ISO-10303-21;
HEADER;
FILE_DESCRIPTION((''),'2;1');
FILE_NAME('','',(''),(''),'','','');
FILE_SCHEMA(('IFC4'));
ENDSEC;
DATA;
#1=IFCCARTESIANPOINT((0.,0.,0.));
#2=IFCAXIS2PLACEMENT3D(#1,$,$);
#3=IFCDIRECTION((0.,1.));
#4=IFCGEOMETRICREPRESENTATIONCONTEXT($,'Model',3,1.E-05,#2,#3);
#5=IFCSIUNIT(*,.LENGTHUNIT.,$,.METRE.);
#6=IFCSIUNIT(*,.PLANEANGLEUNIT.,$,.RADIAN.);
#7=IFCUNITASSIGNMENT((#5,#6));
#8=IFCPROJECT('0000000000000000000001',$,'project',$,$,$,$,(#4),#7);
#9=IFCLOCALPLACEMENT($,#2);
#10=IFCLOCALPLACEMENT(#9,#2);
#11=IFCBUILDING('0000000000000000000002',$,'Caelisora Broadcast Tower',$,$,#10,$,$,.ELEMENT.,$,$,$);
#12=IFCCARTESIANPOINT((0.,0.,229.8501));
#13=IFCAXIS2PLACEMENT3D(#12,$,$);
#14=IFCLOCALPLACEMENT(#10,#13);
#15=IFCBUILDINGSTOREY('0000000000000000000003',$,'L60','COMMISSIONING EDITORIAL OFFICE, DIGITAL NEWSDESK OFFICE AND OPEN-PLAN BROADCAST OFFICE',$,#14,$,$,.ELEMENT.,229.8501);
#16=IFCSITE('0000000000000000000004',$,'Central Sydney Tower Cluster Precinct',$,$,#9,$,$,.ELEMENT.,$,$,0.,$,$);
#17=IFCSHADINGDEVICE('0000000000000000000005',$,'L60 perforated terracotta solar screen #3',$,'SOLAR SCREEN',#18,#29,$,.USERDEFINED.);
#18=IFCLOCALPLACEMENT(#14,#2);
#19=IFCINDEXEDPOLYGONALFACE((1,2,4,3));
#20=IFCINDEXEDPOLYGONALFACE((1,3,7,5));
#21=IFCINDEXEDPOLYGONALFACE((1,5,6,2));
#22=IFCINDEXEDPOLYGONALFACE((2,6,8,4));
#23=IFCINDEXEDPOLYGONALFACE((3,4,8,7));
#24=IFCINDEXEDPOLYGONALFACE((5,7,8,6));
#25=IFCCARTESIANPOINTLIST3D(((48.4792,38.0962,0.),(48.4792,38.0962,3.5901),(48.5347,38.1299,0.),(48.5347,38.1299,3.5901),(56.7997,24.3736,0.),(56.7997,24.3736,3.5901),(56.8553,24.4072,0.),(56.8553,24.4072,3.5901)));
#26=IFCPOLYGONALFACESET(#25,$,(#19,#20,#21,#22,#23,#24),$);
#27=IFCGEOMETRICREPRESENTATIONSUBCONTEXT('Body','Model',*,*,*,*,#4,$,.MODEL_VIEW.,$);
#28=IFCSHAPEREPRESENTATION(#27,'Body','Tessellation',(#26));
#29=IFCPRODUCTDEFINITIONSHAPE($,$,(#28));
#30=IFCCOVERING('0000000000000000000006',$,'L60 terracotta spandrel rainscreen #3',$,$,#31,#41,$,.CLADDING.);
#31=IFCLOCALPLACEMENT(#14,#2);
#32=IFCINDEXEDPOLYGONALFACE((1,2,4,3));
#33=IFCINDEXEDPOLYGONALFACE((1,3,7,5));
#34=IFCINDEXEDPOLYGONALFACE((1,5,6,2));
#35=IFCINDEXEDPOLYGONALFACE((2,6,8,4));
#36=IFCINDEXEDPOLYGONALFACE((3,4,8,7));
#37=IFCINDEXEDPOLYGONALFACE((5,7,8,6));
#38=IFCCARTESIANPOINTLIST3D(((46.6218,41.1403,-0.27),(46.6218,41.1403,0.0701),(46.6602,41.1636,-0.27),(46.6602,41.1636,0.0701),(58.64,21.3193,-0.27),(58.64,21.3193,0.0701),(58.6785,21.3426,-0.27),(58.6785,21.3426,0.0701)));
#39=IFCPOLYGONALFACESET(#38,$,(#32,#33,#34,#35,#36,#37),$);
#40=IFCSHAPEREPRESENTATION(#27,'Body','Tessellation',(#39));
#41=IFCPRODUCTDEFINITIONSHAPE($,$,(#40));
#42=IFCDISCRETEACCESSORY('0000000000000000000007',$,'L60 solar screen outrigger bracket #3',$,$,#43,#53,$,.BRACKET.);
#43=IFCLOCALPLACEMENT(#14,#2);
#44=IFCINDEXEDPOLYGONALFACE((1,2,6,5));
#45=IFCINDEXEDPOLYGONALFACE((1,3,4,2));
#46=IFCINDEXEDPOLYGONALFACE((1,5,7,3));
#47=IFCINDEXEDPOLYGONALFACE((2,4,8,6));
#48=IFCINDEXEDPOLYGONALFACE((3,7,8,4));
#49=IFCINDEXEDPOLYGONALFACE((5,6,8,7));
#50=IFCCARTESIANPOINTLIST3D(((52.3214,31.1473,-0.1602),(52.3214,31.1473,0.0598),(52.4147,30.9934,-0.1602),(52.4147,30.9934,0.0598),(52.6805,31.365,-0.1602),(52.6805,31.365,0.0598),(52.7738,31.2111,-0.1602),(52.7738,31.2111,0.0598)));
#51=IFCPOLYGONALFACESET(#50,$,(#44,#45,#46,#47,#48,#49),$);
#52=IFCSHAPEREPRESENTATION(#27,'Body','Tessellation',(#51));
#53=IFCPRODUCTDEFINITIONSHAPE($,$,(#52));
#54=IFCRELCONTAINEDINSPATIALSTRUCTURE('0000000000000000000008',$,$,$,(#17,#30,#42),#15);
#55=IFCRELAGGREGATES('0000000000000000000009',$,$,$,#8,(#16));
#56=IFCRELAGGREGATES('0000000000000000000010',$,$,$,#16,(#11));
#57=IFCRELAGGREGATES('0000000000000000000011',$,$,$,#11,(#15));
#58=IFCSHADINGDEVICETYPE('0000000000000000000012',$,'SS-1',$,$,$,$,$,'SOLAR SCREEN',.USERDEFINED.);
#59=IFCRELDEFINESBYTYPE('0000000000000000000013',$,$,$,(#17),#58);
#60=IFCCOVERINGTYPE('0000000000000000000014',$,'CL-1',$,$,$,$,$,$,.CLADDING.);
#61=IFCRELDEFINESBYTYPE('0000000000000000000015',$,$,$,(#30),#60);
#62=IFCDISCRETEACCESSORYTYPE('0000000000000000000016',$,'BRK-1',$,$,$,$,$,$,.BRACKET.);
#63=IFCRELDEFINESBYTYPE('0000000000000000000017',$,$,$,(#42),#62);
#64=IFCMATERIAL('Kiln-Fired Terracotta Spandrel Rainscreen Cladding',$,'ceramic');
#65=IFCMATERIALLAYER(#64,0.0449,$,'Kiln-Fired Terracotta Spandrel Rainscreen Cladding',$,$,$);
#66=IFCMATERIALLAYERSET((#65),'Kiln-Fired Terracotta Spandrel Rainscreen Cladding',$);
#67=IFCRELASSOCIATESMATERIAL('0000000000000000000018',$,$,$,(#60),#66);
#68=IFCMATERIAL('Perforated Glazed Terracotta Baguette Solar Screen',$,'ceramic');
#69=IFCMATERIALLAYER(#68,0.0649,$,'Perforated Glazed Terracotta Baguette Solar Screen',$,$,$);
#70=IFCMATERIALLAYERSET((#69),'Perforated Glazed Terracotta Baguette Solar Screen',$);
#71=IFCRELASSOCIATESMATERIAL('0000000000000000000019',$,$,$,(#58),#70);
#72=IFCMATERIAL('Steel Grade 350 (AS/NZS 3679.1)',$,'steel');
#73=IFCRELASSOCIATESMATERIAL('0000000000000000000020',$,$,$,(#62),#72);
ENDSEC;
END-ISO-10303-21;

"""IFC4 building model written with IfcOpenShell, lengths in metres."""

from ifc_helpers import new_model, si_unit, direction, frame, origin, origin_2d, place, context, subcontext, project, spatial, rectangle, extrude, source, transform, mapped, material, layer, layer_set, type_object, type_shapes, element, save


model = new_model("IFC4")

# Units and contexts
model_context = context("Model", 3, precision=1e-05, world=origin(), true_north=direction((0.0, 1.0)))
body_context = subcontext(model_context, "Body", "Model", "MODEL_VIEW")
ifc_project = project(units=[si_unit("LENGTHUNIT", "METRE"), si_unit("PLANEANGLEUNIT", "RADIAN")], contexts=[model_context])

# Site, building, storey
site_placement = place(None, origin())
site = spatial("IfcSite", under=ifc_project, at=site_placement, Name="Central Sydney Tower Cluster Precinct", CompositionType="ELEMENT", RefElevation=0.0)
building_placement = place(site_placement, origin())
building = spatial("IfcBuilding", under=site, at=building_placement, Name="Caelisora Broadcast Tower", CompositionType="ELEMENT")
storey_placement = place(building_placement, frame((0.0, 0.0, 229.8501)))
storey = spatial("IfcBuildingStorey", under=building, at=storey_placement, Name="L60", Description="COMMISSIONING EDITORIAL OFFICE, DIGITAL NEWSDESK OFFICE AND OPEN-PLAN BROADCAST OFFICE", CompositionType="ELEMENT", Elevation=229.8501)

# Shared definitions
ifc_material_1 = material(Name="Steel Grade 350 (AS/NZS 3679.1)", Category="steel")

# Shared definitions
ifc_material_2 = material(Name="Kiln-Fired Terracotta Spandrel Rainscreen Cladding", Category="ceramic")
ifc_layer_1 = layer(ifc_material_2, 0.0449, Name="Kiln-Fired Terracotta Spandrel Rainscreen Cladding")
ifc_layer_set_1 = layer_set([ifc_layer_1], Name="Kiln-Fired Terracotta Spandrel Rainscreen Cladding")
covering_type = type_object("IfcCoveringType", Name="CL-1", PredefinedType="CLADDING", material=ifc_layer_set_1)

# Shading device
ifc_material_3 = material(Name="Perforated Glazed Terracotta Baguette Solar Screen", Category="ceramic")
ifc_layer_2 = layer(ifc_material_3, 0.0649, Name="Perforated Glazed Terracotta Baguette Solar Screen")
ifc_layer_set_2 = layer_set([ifc_layer_2], Name="Perforated Glazed Terracotta Baguette Solar Screen")
shading_device_type_1 = type_object("IfcShadingDeviceType", Name="SS-1", ElementType="SOLAR SCREEN", PredefinedType="USERDEFINED", material=ifc_layer_set_2)
shared_shape_1 = source(origin(), body_context, "Body", "SweptSolid", [
    extrude(rectangle(XDim=16.0481, YDim=0.0649, at=origin_2d()), origin(), (0.0, 0.0, 1.0), 3.5901),
])
type_shapes(shading_device_type_1, [shared_shape_1])
shading_device_1_placement = place(storey_placement, frame((52.6672, 31.2517, 0.0), z_axis=(0.0, 0.0, 1.0), x_axis=(-0.518475, 0.855093, 0.0)))
element("IfcShadingDevice", 1, at=shading_device_1_placement, inside=storey, type_object=shading_device_type_1, Name="L60 perforated terracotta solar screen #3", ObjectType="SOLAR SCREEN", PredefinedType="USERDEFINED", context=body_context, shape_type="MappedRepresentation", body=[
    mapped(shared_shape_1, transform((0.0, 0.0, 0.0), scale=1.0)),
])

# Covering
shared_shape_2 = source(origin(), body_context, "Body", "SweptSolid", [
    extrude(rectangle(XDim=23.1799, YDim=0.0449, at=origin_2d()), origin(), (0.0, 0.0, 1.0), 0.3401),
])
covering_1_placement = place(storey_placement, frame((52.6501, 31.2415, -0.27), z_axis=(0.0, 0.0, 1.0), x_axis=(-0.518475, 0.855093, 0.0)))
element("IfcCovering", 2, at=covering_1_placement, inside=storey, type_object=covering_type, Name="L60 terracotta spandrel rainscreen #3", PredefinedType="CLADDING", context=body_context, shape_type="MappedRepresentation", body=[
    mapped(shared_shape_2, transform((0.0, 0.0, 0.0), scale=1.0)),
])

# Discrete accessory
discrete_accessory_type = type_object("IfcDiscreteAccessoryType", Name="BRK-1", PredefinedType="BRACKET", material=ifc_material_1)
shared_shape_3 = source(origin(), body_context, "Body", "SweptSolid", [
    extrude(rectangle(XDim=0.1799, YDim=0.4199, at=origin_2d()), origin(), (0.0, 0.0, 1.0), 0.22),
])
type_shapes(discrete_accessory_type, [shared_shape_3])
discrete_accessory_placement = place(storey_placement, frame((52.5476, 31.1792, -0.1602), z_axis=(0.0, 0.0, 1.0), x_axis=(-0.518475, 0.855093, 0.0)))
element("IfcDiscreteAccessory", 3, at=discrete_accessory_placement, inside=storey, type_object=discrete_accessory_type, Name="L60 solar screen outrigger bracket #3", PredefinedType="BRACKET", context=body_context, shape_type="MappedRepresentation", body=[
    mapped(shared_shape_3, transform((0.0, 0.0, 0.0), scale=1.0)),
])

save(model, "model.ifc")
